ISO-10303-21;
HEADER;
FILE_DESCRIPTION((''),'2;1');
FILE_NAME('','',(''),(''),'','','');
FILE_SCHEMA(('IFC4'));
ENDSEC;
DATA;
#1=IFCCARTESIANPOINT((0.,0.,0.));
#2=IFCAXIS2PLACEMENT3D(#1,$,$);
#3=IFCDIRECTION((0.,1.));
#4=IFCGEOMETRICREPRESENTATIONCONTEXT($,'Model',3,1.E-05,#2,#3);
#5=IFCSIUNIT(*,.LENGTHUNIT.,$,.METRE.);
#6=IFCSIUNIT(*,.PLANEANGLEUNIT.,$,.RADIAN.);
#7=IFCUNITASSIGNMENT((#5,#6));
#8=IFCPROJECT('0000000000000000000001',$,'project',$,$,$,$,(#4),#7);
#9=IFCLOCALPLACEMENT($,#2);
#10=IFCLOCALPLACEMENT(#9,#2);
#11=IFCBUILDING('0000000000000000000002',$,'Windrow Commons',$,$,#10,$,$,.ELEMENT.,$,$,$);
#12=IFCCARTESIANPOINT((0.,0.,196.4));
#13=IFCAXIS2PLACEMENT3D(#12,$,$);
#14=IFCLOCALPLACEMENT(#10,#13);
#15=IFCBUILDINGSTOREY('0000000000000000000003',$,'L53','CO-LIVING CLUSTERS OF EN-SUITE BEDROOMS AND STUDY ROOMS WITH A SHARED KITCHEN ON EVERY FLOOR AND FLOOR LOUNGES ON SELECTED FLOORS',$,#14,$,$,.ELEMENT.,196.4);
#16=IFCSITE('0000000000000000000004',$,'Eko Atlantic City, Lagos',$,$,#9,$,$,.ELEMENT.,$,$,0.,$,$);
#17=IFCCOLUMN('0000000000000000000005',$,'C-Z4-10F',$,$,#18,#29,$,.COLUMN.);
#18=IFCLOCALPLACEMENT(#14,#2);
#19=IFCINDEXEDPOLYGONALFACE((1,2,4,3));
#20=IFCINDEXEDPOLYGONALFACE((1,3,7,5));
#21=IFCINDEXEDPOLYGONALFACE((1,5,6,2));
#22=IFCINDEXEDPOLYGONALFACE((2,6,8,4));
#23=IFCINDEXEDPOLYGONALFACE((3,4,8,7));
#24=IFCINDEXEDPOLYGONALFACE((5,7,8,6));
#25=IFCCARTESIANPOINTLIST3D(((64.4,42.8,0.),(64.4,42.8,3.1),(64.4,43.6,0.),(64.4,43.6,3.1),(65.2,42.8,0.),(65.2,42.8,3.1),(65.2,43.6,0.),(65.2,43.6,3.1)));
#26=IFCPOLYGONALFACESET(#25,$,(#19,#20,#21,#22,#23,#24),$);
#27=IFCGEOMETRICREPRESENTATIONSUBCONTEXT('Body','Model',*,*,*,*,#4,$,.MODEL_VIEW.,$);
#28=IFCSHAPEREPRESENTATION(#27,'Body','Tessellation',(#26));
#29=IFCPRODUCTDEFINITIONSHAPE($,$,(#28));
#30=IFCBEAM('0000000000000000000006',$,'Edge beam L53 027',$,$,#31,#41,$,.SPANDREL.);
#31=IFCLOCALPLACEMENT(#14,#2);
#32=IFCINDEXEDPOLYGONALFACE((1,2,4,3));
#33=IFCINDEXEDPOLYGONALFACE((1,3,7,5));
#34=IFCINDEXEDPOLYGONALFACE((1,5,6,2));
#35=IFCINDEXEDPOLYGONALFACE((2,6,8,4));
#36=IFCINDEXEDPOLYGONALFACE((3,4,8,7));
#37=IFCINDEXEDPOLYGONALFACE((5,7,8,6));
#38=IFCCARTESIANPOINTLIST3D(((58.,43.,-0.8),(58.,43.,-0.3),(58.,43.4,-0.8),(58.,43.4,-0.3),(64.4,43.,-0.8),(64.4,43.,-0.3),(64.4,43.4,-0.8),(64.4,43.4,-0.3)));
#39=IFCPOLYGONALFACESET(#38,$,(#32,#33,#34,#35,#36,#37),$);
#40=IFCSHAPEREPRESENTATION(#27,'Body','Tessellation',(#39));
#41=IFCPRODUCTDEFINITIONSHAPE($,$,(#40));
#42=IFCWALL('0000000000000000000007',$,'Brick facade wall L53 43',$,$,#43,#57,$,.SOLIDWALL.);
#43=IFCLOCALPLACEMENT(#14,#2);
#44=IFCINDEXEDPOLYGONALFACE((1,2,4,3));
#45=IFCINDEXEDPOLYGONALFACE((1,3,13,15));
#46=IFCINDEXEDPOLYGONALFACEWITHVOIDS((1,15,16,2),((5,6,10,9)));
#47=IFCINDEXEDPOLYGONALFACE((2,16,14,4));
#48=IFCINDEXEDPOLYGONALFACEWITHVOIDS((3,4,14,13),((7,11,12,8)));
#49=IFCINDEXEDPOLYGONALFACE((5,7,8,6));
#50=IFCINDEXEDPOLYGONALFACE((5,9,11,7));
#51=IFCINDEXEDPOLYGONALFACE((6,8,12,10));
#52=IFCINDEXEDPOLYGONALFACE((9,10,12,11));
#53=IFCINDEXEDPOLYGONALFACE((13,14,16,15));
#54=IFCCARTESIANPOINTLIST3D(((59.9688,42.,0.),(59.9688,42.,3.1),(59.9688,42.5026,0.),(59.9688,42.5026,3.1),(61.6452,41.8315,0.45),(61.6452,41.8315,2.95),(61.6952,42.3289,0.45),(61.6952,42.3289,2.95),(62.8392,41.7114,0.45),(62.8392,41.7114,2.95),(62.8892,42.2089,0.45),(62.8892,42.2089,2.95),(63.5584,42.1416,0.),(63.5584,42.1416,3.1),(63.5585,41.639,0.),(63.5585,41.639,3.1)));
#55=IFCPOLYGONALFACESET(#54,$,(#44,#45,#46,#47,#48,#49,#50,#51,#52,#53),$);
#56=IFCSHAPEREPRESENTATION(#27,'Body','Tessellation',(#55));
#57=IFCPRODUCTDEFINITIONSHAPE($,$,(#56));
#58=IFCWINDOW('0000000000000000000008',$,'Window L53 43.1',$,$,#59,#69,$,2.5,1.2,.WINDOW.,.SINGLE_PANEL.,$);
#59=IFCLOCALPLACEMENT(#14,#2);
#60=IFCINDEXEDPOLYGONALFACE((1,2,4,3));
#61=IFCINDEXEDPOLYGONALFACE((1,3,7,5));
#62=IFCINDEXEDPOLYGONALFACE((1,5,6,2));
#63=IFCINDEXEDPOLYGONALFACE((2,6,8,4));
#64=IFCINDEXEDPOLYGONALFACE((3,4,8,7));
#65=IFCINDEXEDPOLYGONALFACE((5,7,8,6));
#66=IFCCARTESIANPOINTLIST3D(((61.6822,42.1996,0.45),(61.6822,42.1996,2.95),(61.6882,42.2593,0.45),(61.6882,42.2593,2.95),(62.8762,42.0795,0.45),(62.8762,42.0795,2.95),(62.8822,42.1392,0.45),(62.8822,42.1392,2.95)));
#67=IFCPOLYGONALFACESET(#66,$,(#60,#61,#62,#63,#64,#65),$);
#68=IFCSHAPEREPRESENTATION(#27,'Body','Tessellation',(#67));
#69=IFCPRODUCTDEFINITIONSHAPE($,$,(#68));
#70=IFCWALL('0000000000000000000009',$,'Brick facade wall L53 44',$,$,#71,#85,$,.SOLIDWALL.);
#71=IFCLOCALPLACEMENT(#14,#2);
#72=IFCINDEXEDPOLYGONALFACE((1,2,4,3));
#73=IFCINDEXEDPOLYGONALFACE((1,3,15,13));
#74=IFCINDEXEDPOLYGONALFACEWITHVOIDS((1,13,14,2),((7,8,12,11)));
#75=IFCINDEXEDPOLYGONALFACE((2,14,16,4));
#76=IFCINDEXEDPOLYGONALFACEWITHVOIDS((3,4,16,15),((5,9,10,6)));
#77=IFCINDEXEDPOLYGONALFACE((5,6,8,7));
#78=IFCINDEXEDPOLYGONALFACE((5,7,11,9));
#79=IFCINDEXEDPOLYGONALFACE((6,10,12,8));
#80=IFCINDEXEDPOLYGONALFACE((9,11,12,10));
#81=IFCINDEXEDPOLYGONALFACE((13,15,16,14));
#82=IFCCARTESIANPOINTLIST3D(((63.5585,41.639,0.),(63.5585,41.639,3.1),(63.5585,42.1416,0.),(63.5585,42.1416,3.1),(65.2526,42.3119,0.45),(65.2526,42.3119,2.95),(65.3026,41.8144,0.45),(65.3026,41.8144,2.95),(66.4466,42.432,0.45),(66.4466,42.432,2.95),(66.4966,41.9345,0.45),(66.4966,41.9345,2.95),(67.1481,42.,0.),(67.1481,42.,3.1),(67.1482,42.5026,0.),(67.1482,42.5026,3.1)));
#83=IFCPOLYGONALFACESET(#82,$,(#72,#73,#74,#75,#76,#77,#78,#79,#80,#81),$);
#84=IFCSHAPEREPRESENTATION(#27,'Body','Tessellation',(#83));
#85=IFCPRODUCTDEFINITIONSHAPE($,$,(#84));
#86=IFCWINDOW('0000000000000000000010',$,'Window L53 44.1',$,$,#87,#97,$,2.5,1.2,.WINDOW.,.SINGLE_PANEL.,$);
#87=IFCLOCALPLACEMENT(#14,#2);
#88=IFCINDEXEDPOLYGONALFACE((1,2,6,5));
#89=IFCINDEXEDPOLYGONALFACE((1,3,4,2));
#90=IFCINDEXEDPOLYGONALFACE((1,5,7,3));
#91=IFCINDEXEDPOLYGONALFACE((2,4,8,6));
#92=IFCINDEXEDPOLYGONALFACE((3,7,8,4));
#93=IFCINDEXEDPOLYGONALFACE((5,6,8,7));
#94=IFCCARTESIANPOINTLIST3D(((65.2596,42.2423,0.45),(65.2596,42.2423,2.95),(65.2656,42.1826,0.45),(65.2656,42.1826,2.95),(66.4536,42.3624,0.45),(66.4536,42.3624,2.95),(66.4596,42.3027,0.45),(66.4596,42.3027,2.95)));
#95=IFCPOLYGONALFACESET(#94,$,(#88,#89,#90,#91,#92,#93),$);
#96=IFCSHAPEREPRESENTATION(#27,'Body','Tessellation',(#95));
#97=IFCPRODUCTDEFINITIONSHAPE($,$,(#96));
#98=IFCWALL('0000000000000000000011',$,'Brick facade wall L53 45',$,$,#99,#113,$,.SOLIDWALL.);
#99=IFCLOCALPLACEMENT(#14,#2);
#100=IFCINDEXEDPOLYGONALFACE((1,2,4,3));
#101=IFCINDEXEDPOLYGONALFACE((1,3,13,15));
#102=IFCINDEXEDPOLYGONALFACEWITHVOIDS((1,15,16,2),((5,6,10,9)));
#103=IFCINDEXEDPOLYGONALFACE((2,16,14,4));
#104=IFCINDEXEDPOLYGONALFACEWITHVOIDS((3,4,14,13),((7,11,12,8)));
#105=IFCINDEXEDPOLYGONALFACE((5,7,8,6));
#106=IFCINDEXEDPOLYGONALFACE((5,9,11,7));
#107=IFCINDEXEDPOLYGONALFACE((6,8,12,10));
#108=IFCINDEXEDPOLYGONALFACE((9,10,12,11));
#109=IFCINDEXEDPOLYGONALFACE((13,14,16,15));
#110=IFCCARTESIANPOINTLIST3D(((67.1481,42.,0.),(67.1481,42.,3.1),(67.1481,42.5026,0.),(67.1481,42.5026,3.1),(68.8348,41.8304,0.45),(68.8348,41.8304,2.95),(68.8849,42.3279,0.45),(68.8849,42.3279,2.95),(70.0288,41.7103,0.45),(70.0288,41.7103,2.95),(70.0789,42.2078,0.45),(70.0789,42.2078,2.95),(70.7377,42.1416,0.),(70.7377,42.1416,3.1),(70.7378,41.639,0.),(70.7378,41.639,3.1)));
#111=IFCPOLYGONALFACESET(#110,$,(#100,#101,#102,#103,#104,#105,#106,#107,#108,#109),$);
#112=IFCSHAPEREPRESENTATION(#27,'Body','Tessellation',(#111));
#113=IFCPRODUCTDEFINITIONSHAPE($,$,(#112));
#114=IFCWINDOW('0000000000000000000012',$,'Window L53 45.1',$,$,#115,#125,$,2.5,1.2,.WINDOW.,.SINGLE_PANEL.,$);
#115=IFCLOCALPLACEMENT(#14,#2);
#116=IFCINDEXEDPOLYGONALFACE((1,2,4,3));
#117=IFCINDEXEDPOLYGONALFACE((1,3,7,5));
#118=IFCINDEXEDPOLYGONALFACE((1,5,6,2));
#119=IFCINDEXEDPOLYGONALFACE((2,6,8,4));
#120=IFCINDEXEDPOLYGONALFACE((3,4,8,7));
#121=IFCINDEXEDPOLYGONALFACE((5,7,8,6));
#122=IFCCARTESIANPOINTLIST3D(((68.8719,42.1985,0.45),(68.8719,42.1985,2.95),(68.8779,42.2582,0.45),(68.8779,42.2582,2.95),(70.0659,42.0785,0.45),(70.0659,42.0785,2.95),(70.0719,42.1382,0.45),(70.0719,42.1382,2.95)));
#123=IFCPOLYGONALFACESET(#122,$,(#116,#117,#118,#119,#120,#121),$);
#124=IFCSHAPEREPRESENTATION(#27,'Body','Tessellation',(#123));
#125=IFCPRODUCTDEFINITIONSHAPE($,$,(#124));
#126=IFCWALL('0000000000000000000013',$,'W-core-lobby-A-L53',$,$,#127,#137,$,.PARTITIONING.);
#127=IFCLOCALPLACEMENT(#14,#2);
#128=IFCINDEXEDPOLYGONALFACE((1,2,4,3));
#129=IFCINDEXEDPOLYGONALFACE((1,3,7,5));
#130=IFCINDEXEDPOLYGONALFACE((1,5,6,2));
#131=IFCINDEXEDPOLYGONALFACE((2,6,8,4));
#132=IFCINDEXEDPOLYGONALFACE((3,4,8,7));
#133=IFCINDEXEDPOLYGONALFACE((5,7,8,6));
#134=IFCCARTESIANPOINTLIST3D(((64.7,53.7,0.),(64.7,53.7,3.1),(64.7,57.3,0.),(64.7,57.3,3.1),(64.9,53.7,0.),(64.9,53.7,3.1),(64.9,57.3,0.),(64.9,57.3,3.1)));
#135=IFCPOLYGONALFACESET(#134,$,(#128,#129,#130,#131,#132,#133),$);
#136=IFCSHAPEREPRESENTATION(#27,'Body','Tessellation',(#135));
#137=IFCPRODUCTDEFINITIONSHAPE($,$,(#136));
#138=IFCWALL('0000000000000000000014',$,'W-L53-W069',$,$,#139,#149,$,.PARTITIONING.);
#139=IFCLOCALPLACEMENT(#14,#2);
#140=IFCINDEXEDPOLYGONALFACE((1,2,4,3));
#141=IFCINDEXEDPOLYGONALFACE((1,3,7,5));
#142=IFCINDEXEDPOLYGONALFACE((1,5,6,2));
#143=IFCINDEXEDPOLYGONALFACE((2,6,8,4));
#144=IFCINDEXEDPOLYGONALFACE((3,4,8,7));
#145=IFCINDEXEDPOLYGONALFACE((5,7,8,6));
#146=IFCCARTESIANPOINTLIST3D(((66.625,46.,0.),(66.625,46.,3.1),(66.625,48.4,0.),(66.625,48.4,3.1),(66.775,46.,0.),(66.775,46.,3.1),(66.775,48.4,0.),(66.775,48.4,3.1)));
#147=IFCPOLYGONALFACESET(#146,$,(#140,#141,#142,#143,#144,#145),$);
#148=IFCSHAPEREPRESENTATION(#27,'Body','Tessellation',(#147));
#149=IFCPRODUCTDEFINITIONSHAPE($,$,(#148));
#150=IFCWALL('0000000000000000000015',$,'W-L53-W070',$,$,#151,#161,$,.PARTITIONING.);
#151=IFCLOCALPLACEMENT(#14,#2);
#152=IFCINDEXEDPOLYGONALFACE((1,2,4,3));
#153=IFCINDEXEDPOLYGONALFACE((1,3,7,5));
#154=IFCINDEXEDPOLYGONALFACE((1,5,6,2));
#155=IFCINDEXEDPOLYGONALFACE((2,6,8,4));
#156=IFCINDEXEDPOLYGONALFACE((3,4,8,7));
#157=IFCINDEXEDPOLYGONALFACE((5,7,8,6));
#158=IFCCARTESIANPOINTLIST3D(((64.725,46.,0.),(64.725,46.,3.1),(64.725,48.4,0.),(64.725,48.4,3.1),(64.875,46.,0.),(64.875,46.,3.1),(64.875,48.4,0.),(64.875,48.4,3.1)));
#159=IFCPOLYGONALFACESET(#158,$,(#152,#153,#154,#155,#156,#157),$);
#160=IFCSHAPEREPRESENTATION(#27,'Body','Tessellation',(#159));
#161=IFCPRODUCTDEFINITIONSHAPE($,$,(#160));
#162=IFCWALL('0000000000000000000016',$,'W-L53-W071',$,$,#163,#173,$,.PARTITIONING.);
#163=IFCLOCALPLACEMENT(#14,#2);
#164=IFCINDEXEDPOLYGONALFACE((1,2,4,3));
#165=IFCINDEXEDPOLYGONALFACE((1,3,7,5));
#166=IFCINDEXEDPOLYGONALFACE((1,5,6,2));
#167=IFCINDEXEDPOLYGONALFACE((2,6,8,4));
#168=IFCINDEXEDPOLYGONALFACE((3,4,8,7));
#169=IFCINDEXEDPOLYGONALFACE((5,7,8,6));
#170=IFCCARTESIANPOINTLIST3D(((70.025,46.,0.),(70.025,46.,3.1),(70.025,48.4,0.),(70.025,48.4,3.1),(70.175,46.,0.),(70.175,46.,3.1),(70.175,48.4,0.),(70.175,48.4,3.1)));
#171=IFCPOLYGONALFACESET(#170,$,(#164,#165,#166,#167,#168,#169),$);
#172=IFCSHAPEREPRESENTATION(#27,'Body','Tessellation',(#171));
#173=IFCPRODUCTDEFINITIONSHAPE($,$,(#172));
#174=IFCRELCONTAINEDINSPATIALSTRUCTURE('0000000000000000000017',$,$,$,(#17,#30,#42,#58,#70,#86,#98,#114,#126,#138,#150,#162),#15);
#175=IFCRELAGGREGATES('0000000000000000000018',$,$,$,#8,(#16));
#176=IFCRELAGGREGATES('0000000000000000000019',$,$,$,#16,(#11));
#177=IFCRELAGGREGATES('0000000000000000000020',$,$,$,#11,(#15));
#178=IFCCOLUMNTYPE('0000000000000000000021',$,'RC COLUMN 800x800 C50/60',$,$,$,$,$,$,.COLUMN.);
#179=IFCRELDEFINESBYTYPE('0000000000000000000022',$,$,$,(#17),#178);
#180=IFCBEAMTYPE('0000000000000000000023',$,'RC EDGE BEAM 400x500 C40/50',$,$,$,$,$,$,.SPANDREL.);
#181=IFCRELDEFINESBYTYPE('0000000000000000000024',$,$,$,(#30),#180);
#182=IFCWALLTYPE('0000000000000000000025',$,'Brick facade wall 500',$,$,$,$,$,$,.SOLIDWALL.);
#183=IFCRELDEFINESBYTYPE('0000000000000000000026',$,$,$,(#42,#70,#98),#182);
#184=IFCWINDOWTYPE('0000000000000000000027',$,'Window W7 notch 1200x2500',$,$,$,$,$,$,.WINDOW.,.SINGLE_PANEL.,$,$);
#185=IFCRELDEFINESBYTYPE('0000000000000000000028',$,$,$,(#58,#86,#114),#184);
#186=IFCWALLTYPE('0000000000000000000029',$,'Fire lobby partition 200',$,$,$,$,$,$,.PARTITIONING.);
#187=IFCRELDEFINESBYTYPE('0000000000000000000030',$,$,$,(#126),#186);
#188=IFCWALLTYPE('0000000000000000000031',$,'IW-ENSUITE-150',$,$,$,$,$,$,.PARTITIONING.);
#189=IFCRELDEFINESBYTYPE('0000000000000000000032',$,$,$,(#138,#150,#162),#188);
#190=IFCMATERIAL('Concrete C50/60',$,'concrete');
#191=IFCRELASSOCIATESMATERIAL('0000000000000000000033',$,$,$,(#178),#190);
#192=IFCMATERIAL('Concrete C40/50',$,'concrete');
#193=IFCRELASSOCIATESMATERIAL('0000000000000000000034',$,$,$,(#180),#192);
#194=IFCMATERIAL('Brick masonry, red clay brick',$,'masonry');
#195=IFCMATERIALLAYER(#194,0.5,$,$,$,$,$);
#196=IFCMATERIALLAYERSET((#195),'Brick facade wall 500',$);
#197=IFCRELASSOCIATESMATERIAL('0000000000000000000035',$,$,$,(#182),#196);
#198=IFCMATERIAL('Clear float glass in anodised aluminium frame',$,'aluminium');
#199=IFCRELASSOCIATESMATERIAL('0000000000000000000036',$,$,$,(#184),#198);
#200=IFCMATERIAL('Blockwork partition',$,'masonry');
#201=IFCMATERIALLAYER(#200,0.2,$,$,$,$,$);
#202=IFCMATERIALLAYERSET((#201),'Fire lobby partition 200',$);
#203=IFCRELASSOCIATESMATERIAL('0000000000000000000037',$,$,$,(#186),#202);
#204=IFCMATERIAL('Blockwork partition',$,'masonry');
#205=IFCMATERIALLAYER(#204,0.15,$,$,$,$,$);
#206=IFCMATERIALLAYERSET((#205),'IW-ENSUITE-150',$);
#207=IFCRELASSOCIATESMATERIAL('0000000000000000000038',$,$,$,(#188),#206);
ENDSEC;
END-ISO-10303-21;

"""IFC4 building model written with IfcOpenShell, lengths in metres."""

from ifc_helpers import new_model, si_unit, direction, frame, frame_2d, origin, origin_2d, place, context, subcontext, project, spatial, polyline, rectangle, outline, extrude, material, layer, layer_set, material_profile, profile_set, type_object, element, fill, save


model = new_model("IFC4")

# Units and contexts
model_context = context("Model", 3, precision=1e-05, world=origin(), true_north=direction((0.0, 1.0)))
body_context = subcontext(model_context, "Body", "Model", "MODEL_VIEW")
ifc_project = project(units=[si_unit("LENGTHUNIT", "METRE"), si_unit("PLANEANGLEUNIT", "RADIAN")], contexts=[model_context])

# Site, building, storey
site_placement = place(None, origin())
site = spatial("IfcSite", under=ifc_project, at=site_placement, Name="Eko Atlantic City, Lagos", CompositionType="ELEMENT", RefElevation=0.0)
building_placement = place(site_placement, origin())
building = spatial("IfcBuilding", under=site, at=building_placement, Name="Windrow Commons", CompositionType="ELEMENT")
storey_placement = place(building_placement, frame((0.0, 0.0, 196.4)))
storey = spatial("IfcBuildingStorey", under=building, at=storey_placement, Name="L53", Description="CO-LIVING CLUSTERS OF EN-SUITE BEDROOMS AND STUDY ROOMS WITH A SHARED KITCHEN ON EVERY FLOOR AND FLOOR LOUNGES ON SELECTED FLOORS", CompositionType="ELEMENT", Elevation=196.4)

# Column
ifc_material_1 = material(Name="Concrete C50/60", Category="concrete")
ifc_material_profile_1 = material_profile(ifc_material_1, rectangle(XDim=0.8, YDim=0.8, at=origin_2d()))
ifc_profile_set_1 = profile_set([ifc_material_profile_1], Name="Concrete C50/60")
column_type = type_object("IfcColumnType", Name="RC COLUMN 800x800 C50/60", PredefinedType="COLUMN", material=ifc_profile_set_1)
column_placement = place(storey_placement, frame((64.8, 43.2, 0.0), z_axis=(0.0, 0.0, 1.0), x_axis=(1.0, 0.0, 0.0)))
element("IfcColumn", 1, at=column_placement, inside=storey, type_object=column_type, Name="C-Z4-10F", PredefinedType="COLUMN", context=body_context, shape_type="SweptSolid", body=[
    extrude(rectangle(XDim=0.8, YDim=0.8, at=origin_2d()), origin(), (0.0, 0.0, 1.0), 3.1),
])

# Beam
ifc_material_2 = material(Name="Concrete C40/50", Category="concrete")
ifc_material_profile_2 = material_profile(ifc_material_2, rectangle(XDim=0.4, YDim=0.5, at=origin_2d()))
ifc_profile_set_2 = profile_set([ifc_material_profile_2], Name="Concrete C40/50")
beam_type = type_object("IfcBeamType", Name="RC EDGE BEAM 400x500 C40/50", PredefinedType="SPANDREL", material=ifc_profile_set_2)
beam_placement = place(storey_placement, frame((64.4, 43.2, -0.55), z_axis=(-1.0, 0.0, 0.0), x_axis=(0.0, -1.0, 0.0)))
element("IfcBeam", 2, at=beam_placement, inside=storey, type_object=beam_type, Name="Edge beam L53 027", PredefinedType="SPANDREL", context=body_context, shape_type="SweptSolid", body=[
    extrude(rectangle(XDim=0.4, YDim=0.5, at=origin_2d()), origin(), (0.0, 0.0, 1.0), 6.4),
])

# Walls, openings, windows
ifc_material_3 = material(Name="Brick masonry, red clay brick", Category="masonry")
ifc_layer_1 = layer(ifc_material_3, 0.5)
ifc_layer_set_1 = layer_set([ifc_layer_1], Name="Brick facade wall 500")
wall_type_1 = type_object("IfcWallType", Name="Brick facade wall 500", PredefinedType="SOLIDWALL", material=ifc_layer_set_1)
wall_1_placement = place(storey_placement, frame((59.9688, 42.2513, 0.0), z_axis=(0.0, 0.0, 1.0), x_axis=(0.994981, -0.100061, 0.0)))
wall_1 = element("IfcWall", 3, at=wall_1_placement, inside=storey, type_object=wall_type_1, Name="Brick facade wall L53 43", PredefinedType="SOLIDWALL", context=body_context, shape_type="SweptSolid", body=[
    extrude(outline(polyline([(0.0251, -0.25), (3.6329, -0.25), (3.5826, 0.25), (-0.0251, 0.25), (0.0251, -0.25)])), origin(), (0.0, 0.0, 1.0), 3.1),
])
opening_1_placement = place(wall_1_placement, frame((1.71, 0.0, 0.45)))
opening_1 = element("IfcOpeningElement", 4, at=opening_1_placement, cuts=wall_1, PredefinedType="OPENING", context=body_context, shape_type="SweptSolid", body=[
    extrude(rectangle(XDim=1.2, YDim=2.5, at=frame_2d((0.6, 1.25))), frame((0.0, 0.26, 0.0), z_axis=(0.0, -1.0, 0.0), x_axis=(1.0, 0.0, 0.0)), (0.0, 0.0, 1.0), 0.52),
])
ifc_material_4 = material(Name="Clear float glass in anodised aluminium frame", Category="aluminium")
window_type = type_object("IfcWindowType", Name="Window W7 notch 1200x2500", PartitioningType="SINGLE_PANEL", PredefinedType="WINDOW", material=ifc_material_4)
window_1_placement = place(opening_1_placement, origin())
window_1 = element("IfcWindow", 5, at=window_1_placement, inside=storey, type_object=window_type, Name="Window L53 43.1", OverallHeight=2.5, OverallWidth=1.2, PartitioningType="SINGLE_PANEL", PredefinedType="WINDOW", context=body_context, shape_type="SweptSolid", body=[
    extrude(rectangle(XDim=1.2, YDim=2.5, at=frame_2d((0.6, 1.25))), frame((0.0, 0.18, 0.0), z_axis=(0.0, -1.0, 0.0), x_axis=(1.0, 0.0, 0.0)), (0.0, 0.0, 1.0), 0.06),
])
fill(opening_1, window_1)
wall_2_placement = place(storey_placement, frame((63.5585, 41.8903, 0.0), z_axis=(0.0, 0.0, 1.0), x_axis=(0.994981, 0.100064, 0.0)))
wall_2 = element("IfcWall", 6, at=wall_2_placement, inside=storey, type_object=wall_type_1, Name="Brick facade wall L53 44", PredefinedType="SOLIDWALL", context=body_context, shape_type="SweptSolid", body=[
    extrude(outline(polyline([(-0.0251, -0.25), (3.5826, -0.25), (3.6329, 0.25), (0.0251, 0.25), (-0.0251, -0.25)])), origin(), (0.0, 0.0, 1.0), 3.1),
])
opening_2_placement = place(wall_2_placement, frame((1.7278, 0.0, 0.45)))
opening_2 = element("IfcOpeningElement", 7, at=opening_2_placement, cuts=wall_2, PredefinedType="OPENING", context=body_context, shape_type="SweptSolid", body=[
    extrude(rectangle(XDim=1.2, YDim=2.5, at=frame_2d((0.6, 1.25))), frame((0.0, 0.26, 0.0), z_axis=(0.0, -1.0, 0.0), x_axis=(1.0, 0.0, 0.0)), (0.0, 0.0, 1.0), 0.52),
])
window_2_placement = place(opening_2_placement, origin())
window_2 = element("IfcWindow", 8, at=window_2_placement, inside=storey, type_object=window_type, Name="Window L53 44.1", OverallHeight=2.5, OverallWidth=1.2, PartitioningType="SINGLE_PANEL", PredefinedType="WINDOW", context=body_context, shape_type="SweptSolid", body=[
    extrude(rectangle(XDim=1.2, YDim=2.5, at=frame_2d((0.6, 1.25))), frame((0.0, 0.18, 0.0), z_axis=(0.0, -1.0, 0.0), x_axis=(1.0, 0.0, 0.0)), (0.0, 0.0, 1.0), 0.06),
])
fill(opening_2, window_2)
wall_3_placement = place(storey_placement, frame((67.1481, 42.2513, 0.0), z_axis=(0.0, 0.0, 1.0), x_axis=(0.994981, -0.100064, 0.0)))
wall_3 = element("IfcWall", 9, at=wall_3_placement, inside=storey, type_object=wall_type_1, Name="Brick facade wall L53 45", PredefinedType="SOLIDWALL", context=body_context, shape_type="SweptSolid", body=[
    extrude(outline(polyline([(0.0251, -0.25), (3.6329, -0.25), (3.5826, 0.25), (-0.0251, 0.25), (0.0251, -0.25)])), origin(), (0.0, 0.0, 1.0), 3.1),
])
opening_3_placement = place(wall_3_placement, frame((1.7204, 0.0, 0.45)))
opening_3 = element("IfcOpeningElement", 10, at=opening_3_placement, cuts=wall_3, PredefinedType="OPENING", context=body_context, shape_type="SweptSolid", body=[
    extrude(rectangle(XDim=1.2, YDim=2.5, at=frame_2d((0.6, 1.25))), frame((0.0, 0.26, 0.0), z_axis=(0.0, -1.0, 0.0), x_axis=(1.0, 0.0, 0.0)), (0.0, 0.0, 1.0), 0.52),
])
window_3_placement = place(opening_3_placement, origin())
window_3 = element("IfcWindow", 11, at=window_3_placement, inside=storey, type_object=window_type, Name="Window L53 45.1", OverallHeight=2.5, OverallWidth=1.2, PartitioningType="SINGLE_PANEL", PredefinedType="WINDOW", context=body_context, shape_type="SweptSolid", body=[
    extrude(rectangle(XDim=1.2, YDim=2.5, at=frame_2d((0.6, 1.25))), frame((0.0, 0.18, 0.0), z_axis=(0.0, -1.0, 0.0), x_axis=(1.0, 0.0, 0.0)), (0.0, 0.0, 1.0), 0.06),
])
fill(opening_3, window_3)

# Walls
ifc_material_5 = material(Name="Blockwork partition", Category="masonry")
ifc_layer_2 = layer(ifc_material_5, 0.2)
ifc_layer_set_2 = layer_set([ifc_layer_2], Name="Fire lobby partition 200")
wall_type_2 = type_object("IfcWallType", Name="Fire lobby partition 200", PredefinedType="PARTITIONING", material=ifc_layer_set_2)
wall_4_placement = place(storey_placement, frame((64.8, 53.7, 0.0), z_axis=(0.0, 0.0, 1.0), x_axis=(0.0, 1.0, 0.0)))
element("IfcWall", 12, at=wall_4_placement, inside=storey, type_object=wall_type_2, Name="W-core-lobby-A-L53", PredefinedType="PARTITIONING", context=body_context, shape_type="SweptSolid", body=[
    extrude(rectangle(XDim=3.6, YDim=0.2, at=frame_2d((1.8, 0.0))), origin(), (0.0, 0.0, 1.0), 3.1),
])
ifc_material_6 = material(Name="Blockwork partition", Category="masonry")
ifc_layer_3 = layer(ifc_material_6, 0.15)
ifc_layer_set_3 = layer_set([ifc_layer_3], Name="IW-ENSUITE-150")
wall_type_3 = type_object("IfcWallType", Name="IW-ENSUITE-150", PredefinedType="PARTITIONING", material=ifc_layer_set_3)
for number, where, z_axis, x_axis, name in (
    (13, (66.7, 46.0, 0.0), (0.0, 0.0, 1.0), (0.0, 1.0, 0.0), "W-L53-W069"),
    (14, (64.8, 46.0, 0.0), (0.0, 0.0, 1.0), (0.0, 1.0, 0.0), "W-L53-W070"),
    (15, (70.1, 46.0, 0.0), (0.0, 0.0, 1.0), (0.0, 1.0, 0.0), "W-L53-W071"),
):
    element("IfcWall", number, at=place(storey_placement, frame(where, z_axis=z_axis, x_axis=x_axis)), inside=storey, type_object=wall_type_3, Name=name, PredefinedType="PARTITIONING", context=body_context, shape_type="SweptSolid", body=[
        extrude(rectangle(XDim=2.4, YDim=0.15, at=frame_2d((1.2, 0.0))), origin(), (0.0, 0.0, 1.0), 3.1),
    ])

save(model, "model.ifc")
